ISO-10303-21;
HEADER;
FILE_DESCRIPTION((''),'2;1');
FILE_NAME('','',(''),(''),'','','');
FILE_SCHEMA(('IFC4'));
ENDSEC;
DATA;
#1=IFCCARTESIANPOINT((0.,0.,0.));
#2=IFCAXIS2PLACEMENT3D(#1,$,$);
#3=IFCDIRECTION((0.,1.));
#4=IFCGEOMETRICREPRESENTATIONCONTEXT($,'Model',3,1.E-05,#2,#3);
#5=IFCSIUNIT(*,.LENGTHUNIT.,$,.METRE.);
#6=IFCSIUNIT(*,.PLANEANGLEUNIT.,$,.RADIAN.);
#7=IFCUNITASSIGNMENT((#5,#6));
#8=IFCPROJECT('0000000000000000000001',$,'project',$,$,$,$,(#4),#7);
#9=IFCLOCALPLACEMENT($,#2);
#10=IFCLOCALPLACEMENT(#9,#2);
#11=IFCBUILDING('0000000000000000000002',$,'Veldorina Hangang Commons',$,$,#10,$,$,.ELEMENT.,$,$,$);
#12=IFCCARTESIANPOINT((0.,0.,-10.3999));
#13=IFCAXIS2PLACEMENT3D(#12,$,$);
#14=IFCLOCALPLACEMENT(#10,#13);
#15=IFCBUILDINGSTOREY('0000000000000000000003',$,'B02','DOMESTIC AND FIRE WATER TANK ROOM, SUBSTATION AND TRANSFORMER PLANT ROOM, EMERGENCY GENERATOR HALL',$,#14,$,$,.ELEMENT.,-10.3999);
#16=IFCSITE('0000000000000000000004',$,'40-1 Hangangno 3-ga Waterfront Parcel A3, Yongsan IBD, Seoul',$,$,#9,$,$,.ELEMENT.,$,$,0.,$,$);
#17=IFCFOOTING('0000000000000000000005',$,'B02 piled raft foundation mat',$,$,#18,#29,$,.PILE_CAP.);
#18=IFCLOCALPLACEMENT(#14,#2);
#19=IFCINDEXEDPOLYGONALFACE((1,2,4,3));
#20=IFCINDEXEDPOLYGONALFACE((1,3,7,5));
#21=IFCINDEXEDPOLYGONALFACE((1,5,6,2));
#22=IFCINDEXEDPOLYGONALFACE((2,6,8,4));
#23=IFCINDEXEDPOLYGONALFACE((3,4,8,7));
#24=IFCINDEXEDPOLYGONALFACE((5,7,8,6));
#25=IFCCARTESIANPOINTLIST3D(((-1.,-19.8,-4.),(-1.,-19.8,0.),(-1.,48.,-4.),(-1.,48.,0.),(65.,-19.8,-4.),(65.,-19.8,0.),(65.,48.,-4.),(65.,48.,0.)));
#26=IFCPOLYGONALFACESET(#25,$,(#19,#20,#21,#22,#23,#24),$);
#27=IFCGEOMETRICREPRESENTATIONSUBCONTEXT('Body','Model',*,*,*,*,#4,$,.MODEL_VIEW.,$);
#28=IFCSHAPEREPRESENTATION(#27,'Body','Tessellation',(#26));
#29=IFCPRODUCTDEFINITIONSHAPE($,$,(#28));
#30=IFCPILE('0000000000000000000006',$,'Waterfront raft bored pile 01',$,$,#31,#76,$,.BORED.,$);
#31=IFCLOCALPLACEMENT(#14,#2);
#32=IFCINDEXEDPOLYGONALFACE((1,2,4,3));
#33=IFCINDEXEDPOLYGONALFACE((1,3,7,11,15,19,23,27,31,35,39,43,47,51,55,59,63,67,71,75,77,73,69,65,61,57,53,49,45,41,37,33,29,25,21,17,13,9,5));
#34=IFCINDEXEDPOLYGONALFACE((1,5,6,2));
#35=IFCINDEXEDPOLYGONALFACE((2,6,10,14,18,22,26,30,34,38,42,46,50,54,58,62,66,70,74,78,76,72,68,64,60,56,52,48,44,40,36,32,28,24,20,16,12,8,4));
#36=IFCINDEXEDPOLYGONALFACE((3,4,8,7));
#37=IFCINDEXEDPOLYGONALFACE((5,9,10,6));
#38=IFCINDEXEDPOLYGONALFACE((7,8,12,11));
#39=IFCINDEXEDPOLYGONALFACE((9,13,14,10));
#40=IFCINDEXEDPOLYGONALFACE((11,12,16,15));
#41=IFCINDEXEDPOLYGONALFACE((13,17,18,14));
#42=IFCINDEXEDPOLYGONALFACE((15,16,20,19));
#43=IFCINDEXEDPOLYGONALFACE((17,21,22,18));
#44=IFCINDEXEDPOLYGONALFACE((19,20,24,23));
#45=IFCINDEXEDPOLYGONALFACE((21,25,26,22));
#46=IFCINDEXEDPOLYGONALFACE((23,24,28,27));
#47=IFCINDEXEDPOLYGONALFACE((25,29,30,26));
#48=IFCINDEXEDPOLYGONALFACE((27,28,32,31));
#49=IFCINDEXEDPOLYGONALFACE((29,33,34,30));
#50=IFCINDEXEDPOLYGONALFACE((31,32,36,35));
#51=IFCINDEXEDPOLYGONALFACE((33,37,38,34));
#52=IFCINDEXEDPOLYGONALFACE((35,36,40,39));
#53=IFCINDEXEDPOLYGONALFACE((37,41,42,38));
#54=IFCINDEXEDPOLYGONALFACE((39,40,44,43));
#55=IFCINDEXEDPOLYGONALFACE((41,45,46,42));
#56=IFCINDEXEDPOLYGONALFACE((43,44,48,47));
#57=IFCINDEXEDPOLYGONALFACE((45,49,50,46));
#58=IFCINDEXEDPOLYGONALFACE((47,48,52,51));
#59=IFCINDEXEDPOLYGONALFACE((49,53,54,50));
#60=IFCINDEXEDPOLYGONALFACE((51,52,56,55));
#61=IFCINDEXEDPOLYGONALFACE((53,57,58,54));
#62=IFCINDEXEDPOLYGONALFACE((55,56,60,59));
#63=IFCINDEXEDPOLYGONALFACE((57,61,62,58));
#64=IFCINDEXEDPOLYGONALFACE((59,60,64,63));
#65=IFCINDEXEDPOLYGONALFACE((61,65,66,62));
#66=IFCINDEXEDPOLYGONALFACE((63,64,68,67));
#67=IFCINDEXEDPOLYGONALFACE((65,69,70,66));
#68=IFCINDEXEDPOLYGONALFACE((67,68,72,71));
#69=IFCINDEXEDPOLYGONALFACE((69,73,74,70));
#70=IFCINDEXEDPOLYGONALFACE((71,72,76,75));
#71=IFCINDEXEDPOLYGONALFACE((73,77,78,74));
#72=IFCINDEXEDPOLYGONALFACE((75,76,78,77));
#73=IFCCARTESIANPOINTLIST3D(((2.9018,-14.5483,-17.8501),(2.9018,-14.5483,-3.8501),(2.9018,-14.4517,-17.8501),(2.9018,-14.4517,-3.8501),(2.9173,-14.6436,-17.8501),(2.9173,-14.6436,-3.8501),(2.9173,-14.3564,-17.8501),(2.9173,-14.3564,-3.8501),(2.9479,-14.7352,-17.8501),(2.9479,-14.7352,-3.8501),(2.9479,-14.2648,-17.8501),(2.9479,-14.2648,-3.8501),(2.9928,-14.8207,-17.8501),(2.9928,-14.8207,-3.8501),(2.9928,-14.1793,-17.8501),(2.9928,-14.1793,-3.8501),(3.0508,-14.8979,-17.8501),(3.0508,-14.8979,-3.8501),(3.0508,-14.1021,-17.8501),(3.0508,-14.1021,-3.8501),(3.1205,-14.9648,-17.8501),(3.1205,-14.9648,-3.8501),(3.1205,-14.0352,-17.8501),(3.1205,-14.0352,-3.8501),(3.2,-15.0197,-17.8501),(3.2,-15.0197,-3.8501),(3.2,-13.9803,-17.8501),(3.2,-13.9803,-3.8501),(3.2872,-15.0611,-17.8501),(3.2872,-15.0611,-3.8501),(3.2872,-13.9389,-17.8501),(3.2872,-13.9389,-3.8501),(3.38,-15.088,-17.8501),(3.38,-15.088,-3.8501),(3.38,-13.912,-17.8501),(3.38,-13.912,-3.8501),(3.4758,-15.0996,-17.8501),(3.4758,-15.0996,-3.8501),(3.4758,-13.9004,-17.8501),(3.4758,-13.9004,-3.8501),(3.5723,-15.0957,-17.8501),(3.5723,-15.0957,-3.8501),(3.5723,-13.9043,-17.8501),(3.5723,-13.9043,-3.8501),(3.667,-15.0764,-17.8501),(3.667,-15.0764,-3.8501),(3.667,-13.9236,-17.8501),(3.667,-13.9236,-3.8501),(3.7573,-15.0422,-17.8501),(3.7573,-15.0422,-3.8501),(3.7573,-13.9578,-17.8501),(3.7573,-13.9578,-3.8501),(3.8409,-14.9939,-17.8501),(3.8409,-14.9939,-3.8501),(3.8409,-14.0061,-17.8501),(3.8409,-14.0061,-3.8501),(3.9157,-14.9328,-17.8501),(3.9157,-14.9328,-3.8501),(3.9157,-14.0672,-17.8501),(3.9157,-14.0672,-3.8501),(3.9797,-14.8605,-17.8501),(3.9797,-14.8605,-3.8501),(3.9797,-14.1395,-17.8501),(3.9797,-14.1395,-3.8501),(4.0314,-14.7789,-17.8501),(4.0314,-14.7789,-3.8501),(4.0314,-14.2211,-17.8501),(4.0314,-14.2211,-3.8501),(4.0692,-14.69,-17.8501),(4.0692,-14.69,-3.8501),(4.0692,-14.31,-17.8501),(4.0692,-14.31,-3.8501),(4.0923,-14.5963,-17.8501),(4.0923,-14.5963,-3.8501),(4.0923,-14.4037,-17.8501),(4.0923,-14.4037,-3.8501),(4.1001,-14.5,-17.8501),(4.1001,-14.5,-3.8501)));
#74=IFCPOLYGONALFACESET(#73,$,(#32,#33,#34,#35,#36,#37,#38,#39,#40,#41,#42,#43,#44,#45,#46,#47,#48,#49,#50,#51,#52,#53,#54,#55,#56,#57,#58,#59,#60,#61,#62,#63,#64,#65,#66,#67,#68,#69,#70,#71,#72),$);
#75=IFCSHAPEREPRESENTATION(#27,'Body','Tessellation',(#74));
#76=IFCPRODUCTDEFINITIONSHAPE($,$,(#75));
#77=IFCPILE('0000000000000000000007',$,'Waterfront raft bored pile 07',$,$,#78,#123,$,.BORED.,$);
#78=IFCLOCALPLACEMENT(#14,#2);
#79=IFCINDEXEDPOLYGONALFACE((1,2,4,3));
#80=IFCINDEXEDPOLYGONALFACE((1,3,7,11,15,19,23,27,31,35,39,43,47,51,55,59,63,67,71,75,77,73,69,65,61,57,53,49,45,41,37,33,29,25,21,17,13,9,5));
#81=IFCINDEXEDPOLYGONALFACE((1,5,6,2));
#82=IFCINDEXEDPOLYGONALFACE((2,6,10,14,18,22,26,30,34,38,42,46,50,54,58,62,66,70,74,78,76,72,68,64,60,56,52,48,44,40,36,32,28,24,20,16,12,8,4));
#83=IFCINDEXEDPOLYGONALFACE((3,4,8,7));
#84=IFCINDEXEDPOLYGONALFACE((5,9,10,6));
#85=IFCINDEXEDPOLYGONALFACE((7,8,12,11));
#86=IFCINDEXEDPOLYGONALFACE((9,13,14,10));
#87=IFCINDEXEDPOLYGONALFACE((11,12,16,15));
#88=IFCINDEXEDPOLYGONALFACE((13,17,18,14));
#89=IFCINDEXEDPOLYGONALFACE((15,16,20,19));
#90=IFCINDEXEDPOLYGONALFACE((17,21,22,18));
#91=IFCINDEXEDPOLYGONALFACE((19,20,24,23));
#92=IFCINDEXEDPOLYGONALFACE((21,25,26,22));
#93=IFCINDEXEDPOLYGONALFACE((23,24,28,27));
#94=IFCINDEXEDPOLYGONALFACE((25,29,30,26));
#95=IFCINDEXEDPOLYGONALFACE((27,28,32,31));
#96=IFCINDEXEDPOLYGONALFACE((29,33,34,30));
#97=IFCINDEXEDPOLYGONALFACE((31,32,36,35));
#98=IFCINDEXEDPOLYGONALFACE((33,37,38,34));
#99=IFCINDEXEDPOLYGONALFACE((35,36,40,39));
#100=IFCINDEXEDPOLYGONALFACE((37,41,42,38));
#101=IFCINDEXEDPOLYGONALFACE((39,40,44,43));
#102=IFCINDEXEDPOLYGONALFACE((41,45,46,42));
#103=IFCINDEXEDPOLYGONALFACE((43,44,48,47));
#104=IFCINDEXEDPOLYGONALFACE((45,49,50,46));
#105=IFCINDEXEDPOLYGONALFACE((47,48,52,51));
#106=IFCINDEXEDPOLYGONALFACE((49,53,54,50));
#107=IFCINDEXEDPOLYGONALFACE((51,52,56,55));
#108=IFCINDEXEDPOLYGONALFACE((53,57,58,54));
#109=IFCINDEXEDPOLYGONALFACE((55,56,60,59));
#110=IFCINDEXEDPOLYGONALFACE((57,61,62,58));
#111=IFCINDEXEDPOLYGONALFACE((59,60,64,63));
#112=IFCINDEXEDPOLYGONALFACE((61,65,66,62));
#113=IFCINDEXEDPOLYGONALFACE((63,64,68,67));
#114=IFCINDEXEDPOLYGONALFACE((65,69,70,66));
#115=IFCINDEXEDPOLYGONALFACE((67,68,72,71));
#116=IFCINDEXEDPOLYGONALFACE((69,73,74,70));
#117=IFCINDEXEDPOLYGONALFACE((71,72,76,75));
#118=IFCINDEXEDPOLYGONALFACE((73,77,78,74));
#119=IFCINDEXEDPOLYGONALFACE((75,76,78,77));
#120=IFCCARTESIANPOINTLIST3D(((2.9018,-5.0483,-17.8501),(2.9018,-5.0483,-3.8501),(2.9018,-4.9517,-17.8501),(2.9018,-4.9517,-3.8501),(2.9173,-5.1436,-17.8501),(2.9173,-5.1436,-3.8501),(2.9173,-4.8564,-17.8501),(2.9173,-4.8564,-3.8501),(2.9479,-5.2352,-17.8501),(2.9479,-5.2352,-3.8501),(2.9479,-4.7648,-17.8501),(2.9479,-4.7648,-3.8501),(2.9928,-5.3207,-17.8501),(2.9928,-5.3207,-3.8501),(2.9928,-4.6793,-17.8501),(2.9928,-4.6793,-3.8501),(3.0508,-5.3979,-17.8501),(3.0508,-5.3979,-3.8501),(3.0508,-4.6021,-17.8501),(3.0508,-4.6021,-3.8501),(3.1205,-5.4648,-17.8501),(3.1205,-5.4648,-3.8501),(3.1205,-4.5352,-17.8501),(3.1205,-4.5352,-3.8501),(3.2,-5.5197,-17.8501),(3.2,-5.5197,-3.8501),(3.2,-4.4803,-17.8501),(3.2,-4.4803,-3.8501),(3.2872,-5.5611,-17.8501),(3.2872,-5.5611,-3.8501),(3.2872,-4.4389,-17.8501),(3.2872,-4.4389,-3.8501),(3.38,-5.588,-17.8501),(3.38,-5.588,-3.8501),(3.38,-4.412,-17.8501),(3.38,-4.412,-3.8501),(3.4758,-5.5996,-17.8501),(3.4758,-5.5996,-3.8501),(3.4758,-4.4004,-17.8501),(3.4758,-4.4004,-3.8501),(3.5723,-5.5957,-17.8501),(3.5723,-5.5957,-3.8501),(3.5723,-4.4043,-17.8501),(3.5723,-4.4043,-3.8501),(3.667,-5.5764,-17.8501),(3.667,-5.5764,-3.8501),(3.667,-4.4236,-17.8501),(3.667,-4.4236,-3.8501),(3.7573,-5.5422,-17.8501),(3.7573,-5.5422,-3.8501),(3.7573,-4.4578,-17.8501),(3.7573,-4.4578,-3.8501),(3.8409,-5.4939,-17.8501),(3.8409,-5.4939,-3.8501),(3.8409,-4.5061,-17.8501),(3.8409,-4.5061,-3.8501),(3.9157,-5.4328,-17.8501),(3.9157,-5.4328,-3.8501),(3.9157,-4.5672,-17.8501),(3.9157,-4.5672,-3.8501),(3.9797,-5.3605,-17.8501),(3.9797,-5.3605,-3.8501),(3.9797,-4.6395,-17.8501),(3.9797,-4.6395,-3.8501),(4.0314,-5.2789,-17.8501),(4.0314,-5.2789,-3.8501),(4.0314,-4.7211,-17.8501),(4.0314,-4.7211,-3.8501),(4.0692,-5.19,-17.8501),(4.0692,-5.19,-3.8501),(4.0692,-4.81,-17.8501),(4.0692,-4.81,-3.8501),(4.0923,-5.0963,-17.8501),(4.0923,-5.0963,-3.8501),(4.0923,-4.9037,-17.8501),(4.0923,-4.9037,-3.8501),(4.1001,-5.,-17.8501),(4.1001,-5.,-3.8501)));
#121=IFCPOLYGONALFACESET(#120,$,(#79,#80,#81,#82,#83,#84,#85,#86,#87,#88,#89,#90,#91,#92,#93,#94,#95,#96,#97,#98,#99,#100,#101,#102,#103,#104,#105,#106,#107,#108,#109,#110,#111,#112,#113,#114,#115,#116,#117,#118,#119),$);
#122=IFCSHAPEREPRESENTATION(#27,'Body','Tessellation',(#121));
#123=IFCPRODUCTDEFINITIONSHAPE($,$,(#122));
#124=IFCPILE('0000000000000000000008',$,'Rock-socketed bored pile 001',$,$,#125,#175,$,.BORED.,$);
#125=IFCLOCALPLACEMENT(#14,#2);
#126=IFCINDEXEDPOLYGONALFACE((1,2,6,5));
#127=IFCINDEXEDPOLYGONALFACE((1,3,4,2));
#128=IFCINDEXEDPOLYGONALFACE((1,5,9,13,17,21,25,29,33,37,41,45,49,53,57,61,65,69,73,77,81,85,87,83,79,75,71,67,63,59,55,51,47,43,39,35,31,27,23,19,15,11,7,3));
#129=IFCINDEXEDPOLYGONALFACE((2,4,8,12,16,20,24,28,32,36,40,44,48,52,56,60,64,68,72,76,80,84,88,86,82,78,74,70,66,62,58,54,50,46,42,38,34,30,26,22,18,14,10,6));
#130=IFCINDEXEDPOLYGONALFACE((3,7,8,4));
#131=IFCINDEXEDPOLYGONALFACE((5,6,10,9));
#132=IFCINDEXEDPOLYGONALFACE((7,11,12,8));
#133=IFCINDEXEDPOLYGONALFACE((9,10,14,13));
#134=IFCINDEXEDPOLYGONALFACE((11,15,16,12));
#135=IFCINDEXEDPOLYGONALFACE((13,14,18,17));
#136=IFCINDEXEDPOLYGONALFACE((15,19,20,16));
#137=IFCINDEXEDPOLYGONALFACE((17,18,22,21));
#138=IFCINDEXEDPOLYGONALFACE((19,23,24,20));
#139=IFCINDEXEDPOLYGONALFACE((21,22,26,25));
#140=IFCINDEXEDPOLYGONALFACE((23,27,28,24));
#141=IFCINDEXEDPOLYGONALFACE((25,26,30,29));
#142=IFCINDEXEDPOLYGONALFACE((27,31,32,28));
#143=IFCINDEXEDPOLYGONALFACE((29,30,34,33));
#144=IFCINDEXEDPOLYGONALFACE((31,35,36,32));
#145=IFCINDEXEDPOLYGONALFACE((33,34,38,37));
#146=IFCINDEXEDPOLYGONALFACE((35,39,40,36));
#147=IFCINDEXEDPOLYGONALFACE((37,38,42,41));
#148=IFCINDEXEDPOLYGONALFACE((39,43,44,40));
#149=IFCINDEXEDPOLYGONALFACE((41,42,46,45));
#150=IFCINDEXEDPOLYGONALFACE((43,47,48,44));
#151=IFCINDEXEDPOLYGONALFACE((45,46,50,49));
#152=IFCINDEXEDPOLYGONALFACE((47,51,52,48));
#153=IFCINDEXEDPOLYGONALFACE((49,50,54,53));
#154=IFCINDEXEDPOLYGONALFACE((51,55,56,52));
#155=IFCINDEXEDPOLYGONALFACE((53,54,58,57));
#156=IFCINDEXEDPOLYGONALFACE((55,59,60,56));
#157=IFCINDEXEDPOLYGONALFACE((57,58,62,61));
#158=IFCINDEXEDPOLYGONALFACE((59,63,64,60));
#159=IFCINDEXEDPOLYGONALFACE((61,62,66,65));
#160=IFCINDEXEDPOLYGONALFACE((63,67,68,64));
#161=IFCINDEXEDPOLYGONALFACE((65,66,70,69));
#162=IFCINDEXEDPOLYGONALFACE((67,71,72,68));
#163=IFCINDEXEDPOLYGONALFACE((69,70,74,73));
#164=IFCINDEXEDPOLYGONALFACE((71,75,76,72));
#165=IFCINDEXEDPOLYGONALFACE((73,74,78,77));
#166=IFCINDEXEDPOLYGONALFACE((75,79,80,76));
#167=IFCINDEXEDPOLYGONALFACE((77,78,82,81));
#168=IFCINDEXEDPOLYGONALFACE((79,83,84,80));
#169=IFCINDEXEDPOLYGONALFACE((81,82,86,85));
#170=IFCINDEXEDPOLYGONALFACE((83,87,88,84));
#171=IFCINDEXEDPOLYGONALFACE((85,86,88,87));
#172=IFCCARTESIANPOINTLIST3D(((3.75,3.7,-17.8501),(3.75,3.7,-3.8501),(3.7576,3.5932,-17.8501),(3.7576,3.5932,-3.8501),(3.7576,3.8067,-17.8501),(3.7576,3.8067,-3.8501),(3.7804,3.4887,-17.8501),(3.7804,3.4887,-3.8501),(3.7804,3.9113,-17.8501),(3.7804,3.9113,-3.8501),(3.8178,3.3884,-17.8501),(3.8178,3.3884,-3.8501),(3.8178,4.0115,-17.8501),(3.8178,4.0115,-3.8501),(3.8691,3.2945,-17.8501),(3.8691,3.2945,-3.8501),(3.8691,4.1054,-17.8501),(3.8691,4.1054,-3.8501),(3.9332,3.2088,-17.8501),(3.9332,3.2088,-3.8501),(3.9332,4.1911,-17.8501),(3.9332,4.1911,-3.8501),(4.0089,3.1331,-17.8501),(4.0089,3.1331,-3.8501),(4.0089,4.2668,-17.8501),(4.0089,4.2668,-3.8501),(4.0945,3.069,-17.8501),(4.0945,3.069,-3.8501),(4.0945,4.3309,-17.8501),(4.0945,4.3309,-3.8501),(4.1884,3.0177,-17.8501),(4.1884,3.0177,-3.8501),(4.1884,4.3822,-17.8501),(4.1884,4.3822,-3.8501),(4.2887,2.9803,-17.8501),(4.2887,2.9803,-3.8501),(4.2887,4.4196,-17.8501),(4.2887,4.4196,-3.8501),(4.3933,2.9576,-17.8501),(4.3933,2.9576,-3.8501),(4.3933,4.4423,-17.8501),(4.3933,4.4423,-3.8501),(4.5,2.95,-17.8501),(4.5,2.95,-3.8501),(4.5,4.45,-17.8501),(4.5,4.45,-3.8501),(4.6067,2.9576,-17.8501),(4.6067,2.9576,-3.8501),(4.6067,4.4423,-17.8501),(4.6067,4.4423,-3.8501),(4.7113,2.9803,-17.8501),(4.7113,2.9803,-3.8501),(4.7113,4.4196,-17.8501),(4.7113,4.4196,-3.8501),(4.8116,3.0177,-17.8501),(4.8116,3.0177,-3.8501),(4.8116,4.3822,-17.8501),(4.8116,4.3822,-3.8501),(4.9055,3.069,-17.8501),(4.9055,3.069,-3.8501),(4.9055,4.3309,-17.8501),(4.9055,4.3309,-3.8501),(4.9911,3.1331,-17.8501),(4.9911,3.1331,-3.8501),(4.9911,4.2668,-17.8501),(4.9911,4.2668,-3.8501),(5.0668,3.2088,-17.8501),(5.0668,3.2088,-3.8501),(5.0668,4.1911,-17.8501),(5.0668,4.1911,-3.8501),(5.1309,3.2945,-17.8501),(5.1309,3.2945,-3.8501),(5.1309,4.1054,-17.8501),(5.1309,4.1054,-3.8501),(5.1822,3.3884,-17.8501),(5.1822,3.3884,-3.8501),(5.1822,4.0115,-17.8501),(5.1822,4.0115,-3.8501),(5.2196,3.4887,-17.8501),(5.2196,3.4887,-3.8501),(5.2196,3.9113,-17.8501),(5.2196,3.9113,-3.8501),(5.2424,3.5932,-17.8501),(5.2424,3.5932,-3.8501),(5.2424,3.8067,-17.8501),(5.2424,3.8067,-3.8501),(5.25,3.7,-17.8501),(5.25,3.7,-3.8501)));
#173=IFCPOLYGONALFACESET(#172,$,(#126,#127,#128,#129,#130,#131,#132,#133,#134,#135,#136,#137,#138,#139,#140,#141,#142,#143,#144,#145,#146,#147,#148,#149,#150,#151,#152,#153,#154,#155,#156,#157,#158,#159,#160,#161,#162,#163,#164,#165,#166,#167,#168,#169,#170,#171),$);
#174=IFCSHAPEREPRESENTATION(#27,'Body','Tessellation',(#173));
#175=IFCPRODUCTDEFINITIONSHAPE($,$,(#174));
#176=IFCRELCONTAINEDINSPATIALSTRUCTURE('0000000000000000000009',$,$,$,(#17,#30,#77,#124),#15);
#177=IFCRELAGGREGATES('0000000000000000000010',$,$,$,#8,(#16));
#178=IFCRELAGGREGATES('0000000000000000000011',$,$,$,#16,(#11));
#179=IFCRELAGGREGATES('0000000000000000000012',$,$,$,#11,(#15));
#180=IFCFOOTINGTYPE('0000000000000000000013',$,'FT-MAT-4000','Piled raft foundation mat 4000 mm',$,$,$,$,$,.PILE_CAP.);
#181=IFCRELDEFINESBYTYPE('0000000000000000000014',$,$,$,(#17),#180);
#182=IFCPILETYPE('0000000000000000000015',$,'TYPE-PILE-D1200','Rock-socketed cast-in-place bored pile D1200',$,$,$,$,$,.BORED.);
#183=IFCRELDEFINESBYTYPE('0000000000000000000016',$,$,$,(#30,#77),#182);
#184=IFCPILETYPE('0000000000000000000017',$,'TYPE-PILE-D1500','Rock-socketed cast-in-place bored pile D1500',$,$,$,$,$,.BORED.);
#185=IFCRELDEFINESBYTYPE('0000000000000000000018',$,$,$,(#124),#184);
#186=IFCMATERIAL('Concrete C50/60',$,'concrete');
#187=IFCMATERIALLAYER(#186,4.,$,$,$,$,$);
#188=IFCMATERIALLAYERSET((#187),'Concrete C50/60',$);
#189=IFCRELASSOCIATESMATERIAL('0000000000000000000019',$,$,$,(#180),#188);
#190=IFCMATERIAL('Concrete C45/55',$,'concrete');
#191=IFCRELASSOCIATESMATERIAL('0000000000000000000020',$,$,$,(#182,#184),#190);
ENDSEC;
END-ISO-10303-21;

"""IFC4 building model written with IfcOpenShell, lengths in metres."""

from ifc_helpers import new_model, si_unit, direction, frame, origin, origin_2d, place, context, subcontext, project, spatial, polyline, circle, outline, extrude, material, layer, layer_set, material_profile, profile_set, type_object, element, save


model = new_model("IFC4")

# Units and contexts
model_context = context("Model", 3, precision=1e-05, world=origin(), true_north=direction((0.0, 1.0)))
body_context = subcontext(model_context, "Body", "Model", "MODEL_VIEW")
ifc_project = project(units=[si_unit("LENGTHUNIT", "METRE"), si_unit("PLANEANGLEUNIT", "RADIAN")], contexts=[model_context])

# Site, building, storey
site_placement = place(None, origin())
site = spatial("IfcSite", under=ifc_project, at=site_placement, Name="40-1 Hangangno 3-ga Waterfront Parcel A3, Yongsan IBD, Seoul", CompositionType="ELEMENT", RefElevation=0.0)
building_placement = place(site_placement, origin())
building = spatial("IfcBuilding", under=site, at=building_placement, Name="Veldorina Hangang Commons", CompositionType="ELEMENT")
storey_placement = place(building_placement, frame((0.0, 0.0, -10.3999)))
storey = spatial("IfcBuildingStorey", under=building, at=storey_placement, Name="B02", Description="DOMESTIC AND FIRE WATER TANK ROOM, SUBSTATION AND TRANSFORMER PLANT ROOM, EMERGENCY GENERATOR HALL", CompositionType="ELEMENT", Elevation=-10.3999)

# Footing
ifc_material_1 = material(Name="Concrete C50/60", Category="concrete")
ifc_layer_1 = layer(ifc_material_1, 4.0)
ifc_layer_set_1 = layer_set([ifc_layer_1], Name="Concrete C50/60")
footing_type = type_object("IfcFootingType", Name="FT-MAT-4000", Description="Piled raft foundation mat 4000 mm", PredefinedType="PILE_CAP", material=ifc_layer_set_1)
footing_placement = place(storey_placement, frame((0.0, 0.0, -4.0)))
element("IfcFooting", 1, at=footing_placement, inside=storey, type_object=footing_type, Name="B02 piled raft foundation mat", PredefinedType="PILE_CAP", context=body_context, shape_type="SweptSolid", body=[
    extrude(outline(polyline([(-1.0, -19.8), (65.0, -19.8), (65.0, 48.0), (-1.0, 48.0), (-1.0, -19.8)])), origin(), (0.0, 0.0, 1.0), 4.0),
])

# Piles
ifc_material_2 = material(Name="Concrete C45/55", Category="concrete")
ifc_material_profile_1 = material_profile(ifc_material_2, circle(Radius=0.6001, at=origin_2d()), Name="PILE-D1200")
ifc_profile_set_1 = profile_set([ifc_material_profile_1], Name="Concrete C45/55")
pile_type_1 = type_object("IfcPileType", Name="TYPE-PILE-D1200", Description="Rock-socketed cast-in-place bored pile D1200", PredefinedType="BORED", material=ifc_profile_set_1)
for number, where, z_axis, x_axis, name in (
    (2, (3.5, -14.5, -3.8501), (0.0, 0.0, -1.0), (1.0, 0.0, 0.0), "Waterfront raft bored pile 01"),
    (3, (3.5, -5.0, -3.8501), (0.0, 0.0, -1.0), (1.0, 0.0, 0.0), "Waterfront raft bored pile 07"),
):
    element("IfcPile", number, at=place(storey_placement, frame(where, z_axis=z_axis, x_axis=x_axis)), inside=storey, type_object=pile_type_1, Name=name, PredefinedType="BORED", context=body_context, shape_type="SweptSolid", body=[
        extrude(circle(Radius=0.6001, at=origin_2d()), origin(), (0.0, 0.0, 1.0), 14.0),
    ])
ifc_material_profile_2 = material_profile(ifc_material_2, circle(Radius=0.75, at=origin_2d()), Name="PILE-D1500")
ifc_profile_set_2 = profile_set([ifc_material_profile_2], Name="Concrete C45/55")
pile_type_2 = type_object("IfcPileType", Name="TYPE-PILE-D1500", Description="Rock-socketed cast-in-place bored pile D1500", PredefinedType="BORED", material=ifc_profile_set_2)
for number, where, z_axis, x_axis, name in (
    (4, (4.5, 3.7, -3.8501), (0.0, 0.0, -1.0), (1.0, 0.0, 0.0), "Rock-socketed bored pile 001"),
):
    element("IfcPile", number, at=place(storey_placement, frame(where, z_axis=z_axis, x_axis=x_axis)), inside=storey, type_object=pile_type_2, Name=name, PredefinedType="BORED", context=body_context, shape_type="SweptSolid", body=[
        extrude(circle(Radius=0.75, at=origin_2d()), origin(), (0.0, 0.0, 1.0), 14.0),
    ])

save(model, "model.ifc")
